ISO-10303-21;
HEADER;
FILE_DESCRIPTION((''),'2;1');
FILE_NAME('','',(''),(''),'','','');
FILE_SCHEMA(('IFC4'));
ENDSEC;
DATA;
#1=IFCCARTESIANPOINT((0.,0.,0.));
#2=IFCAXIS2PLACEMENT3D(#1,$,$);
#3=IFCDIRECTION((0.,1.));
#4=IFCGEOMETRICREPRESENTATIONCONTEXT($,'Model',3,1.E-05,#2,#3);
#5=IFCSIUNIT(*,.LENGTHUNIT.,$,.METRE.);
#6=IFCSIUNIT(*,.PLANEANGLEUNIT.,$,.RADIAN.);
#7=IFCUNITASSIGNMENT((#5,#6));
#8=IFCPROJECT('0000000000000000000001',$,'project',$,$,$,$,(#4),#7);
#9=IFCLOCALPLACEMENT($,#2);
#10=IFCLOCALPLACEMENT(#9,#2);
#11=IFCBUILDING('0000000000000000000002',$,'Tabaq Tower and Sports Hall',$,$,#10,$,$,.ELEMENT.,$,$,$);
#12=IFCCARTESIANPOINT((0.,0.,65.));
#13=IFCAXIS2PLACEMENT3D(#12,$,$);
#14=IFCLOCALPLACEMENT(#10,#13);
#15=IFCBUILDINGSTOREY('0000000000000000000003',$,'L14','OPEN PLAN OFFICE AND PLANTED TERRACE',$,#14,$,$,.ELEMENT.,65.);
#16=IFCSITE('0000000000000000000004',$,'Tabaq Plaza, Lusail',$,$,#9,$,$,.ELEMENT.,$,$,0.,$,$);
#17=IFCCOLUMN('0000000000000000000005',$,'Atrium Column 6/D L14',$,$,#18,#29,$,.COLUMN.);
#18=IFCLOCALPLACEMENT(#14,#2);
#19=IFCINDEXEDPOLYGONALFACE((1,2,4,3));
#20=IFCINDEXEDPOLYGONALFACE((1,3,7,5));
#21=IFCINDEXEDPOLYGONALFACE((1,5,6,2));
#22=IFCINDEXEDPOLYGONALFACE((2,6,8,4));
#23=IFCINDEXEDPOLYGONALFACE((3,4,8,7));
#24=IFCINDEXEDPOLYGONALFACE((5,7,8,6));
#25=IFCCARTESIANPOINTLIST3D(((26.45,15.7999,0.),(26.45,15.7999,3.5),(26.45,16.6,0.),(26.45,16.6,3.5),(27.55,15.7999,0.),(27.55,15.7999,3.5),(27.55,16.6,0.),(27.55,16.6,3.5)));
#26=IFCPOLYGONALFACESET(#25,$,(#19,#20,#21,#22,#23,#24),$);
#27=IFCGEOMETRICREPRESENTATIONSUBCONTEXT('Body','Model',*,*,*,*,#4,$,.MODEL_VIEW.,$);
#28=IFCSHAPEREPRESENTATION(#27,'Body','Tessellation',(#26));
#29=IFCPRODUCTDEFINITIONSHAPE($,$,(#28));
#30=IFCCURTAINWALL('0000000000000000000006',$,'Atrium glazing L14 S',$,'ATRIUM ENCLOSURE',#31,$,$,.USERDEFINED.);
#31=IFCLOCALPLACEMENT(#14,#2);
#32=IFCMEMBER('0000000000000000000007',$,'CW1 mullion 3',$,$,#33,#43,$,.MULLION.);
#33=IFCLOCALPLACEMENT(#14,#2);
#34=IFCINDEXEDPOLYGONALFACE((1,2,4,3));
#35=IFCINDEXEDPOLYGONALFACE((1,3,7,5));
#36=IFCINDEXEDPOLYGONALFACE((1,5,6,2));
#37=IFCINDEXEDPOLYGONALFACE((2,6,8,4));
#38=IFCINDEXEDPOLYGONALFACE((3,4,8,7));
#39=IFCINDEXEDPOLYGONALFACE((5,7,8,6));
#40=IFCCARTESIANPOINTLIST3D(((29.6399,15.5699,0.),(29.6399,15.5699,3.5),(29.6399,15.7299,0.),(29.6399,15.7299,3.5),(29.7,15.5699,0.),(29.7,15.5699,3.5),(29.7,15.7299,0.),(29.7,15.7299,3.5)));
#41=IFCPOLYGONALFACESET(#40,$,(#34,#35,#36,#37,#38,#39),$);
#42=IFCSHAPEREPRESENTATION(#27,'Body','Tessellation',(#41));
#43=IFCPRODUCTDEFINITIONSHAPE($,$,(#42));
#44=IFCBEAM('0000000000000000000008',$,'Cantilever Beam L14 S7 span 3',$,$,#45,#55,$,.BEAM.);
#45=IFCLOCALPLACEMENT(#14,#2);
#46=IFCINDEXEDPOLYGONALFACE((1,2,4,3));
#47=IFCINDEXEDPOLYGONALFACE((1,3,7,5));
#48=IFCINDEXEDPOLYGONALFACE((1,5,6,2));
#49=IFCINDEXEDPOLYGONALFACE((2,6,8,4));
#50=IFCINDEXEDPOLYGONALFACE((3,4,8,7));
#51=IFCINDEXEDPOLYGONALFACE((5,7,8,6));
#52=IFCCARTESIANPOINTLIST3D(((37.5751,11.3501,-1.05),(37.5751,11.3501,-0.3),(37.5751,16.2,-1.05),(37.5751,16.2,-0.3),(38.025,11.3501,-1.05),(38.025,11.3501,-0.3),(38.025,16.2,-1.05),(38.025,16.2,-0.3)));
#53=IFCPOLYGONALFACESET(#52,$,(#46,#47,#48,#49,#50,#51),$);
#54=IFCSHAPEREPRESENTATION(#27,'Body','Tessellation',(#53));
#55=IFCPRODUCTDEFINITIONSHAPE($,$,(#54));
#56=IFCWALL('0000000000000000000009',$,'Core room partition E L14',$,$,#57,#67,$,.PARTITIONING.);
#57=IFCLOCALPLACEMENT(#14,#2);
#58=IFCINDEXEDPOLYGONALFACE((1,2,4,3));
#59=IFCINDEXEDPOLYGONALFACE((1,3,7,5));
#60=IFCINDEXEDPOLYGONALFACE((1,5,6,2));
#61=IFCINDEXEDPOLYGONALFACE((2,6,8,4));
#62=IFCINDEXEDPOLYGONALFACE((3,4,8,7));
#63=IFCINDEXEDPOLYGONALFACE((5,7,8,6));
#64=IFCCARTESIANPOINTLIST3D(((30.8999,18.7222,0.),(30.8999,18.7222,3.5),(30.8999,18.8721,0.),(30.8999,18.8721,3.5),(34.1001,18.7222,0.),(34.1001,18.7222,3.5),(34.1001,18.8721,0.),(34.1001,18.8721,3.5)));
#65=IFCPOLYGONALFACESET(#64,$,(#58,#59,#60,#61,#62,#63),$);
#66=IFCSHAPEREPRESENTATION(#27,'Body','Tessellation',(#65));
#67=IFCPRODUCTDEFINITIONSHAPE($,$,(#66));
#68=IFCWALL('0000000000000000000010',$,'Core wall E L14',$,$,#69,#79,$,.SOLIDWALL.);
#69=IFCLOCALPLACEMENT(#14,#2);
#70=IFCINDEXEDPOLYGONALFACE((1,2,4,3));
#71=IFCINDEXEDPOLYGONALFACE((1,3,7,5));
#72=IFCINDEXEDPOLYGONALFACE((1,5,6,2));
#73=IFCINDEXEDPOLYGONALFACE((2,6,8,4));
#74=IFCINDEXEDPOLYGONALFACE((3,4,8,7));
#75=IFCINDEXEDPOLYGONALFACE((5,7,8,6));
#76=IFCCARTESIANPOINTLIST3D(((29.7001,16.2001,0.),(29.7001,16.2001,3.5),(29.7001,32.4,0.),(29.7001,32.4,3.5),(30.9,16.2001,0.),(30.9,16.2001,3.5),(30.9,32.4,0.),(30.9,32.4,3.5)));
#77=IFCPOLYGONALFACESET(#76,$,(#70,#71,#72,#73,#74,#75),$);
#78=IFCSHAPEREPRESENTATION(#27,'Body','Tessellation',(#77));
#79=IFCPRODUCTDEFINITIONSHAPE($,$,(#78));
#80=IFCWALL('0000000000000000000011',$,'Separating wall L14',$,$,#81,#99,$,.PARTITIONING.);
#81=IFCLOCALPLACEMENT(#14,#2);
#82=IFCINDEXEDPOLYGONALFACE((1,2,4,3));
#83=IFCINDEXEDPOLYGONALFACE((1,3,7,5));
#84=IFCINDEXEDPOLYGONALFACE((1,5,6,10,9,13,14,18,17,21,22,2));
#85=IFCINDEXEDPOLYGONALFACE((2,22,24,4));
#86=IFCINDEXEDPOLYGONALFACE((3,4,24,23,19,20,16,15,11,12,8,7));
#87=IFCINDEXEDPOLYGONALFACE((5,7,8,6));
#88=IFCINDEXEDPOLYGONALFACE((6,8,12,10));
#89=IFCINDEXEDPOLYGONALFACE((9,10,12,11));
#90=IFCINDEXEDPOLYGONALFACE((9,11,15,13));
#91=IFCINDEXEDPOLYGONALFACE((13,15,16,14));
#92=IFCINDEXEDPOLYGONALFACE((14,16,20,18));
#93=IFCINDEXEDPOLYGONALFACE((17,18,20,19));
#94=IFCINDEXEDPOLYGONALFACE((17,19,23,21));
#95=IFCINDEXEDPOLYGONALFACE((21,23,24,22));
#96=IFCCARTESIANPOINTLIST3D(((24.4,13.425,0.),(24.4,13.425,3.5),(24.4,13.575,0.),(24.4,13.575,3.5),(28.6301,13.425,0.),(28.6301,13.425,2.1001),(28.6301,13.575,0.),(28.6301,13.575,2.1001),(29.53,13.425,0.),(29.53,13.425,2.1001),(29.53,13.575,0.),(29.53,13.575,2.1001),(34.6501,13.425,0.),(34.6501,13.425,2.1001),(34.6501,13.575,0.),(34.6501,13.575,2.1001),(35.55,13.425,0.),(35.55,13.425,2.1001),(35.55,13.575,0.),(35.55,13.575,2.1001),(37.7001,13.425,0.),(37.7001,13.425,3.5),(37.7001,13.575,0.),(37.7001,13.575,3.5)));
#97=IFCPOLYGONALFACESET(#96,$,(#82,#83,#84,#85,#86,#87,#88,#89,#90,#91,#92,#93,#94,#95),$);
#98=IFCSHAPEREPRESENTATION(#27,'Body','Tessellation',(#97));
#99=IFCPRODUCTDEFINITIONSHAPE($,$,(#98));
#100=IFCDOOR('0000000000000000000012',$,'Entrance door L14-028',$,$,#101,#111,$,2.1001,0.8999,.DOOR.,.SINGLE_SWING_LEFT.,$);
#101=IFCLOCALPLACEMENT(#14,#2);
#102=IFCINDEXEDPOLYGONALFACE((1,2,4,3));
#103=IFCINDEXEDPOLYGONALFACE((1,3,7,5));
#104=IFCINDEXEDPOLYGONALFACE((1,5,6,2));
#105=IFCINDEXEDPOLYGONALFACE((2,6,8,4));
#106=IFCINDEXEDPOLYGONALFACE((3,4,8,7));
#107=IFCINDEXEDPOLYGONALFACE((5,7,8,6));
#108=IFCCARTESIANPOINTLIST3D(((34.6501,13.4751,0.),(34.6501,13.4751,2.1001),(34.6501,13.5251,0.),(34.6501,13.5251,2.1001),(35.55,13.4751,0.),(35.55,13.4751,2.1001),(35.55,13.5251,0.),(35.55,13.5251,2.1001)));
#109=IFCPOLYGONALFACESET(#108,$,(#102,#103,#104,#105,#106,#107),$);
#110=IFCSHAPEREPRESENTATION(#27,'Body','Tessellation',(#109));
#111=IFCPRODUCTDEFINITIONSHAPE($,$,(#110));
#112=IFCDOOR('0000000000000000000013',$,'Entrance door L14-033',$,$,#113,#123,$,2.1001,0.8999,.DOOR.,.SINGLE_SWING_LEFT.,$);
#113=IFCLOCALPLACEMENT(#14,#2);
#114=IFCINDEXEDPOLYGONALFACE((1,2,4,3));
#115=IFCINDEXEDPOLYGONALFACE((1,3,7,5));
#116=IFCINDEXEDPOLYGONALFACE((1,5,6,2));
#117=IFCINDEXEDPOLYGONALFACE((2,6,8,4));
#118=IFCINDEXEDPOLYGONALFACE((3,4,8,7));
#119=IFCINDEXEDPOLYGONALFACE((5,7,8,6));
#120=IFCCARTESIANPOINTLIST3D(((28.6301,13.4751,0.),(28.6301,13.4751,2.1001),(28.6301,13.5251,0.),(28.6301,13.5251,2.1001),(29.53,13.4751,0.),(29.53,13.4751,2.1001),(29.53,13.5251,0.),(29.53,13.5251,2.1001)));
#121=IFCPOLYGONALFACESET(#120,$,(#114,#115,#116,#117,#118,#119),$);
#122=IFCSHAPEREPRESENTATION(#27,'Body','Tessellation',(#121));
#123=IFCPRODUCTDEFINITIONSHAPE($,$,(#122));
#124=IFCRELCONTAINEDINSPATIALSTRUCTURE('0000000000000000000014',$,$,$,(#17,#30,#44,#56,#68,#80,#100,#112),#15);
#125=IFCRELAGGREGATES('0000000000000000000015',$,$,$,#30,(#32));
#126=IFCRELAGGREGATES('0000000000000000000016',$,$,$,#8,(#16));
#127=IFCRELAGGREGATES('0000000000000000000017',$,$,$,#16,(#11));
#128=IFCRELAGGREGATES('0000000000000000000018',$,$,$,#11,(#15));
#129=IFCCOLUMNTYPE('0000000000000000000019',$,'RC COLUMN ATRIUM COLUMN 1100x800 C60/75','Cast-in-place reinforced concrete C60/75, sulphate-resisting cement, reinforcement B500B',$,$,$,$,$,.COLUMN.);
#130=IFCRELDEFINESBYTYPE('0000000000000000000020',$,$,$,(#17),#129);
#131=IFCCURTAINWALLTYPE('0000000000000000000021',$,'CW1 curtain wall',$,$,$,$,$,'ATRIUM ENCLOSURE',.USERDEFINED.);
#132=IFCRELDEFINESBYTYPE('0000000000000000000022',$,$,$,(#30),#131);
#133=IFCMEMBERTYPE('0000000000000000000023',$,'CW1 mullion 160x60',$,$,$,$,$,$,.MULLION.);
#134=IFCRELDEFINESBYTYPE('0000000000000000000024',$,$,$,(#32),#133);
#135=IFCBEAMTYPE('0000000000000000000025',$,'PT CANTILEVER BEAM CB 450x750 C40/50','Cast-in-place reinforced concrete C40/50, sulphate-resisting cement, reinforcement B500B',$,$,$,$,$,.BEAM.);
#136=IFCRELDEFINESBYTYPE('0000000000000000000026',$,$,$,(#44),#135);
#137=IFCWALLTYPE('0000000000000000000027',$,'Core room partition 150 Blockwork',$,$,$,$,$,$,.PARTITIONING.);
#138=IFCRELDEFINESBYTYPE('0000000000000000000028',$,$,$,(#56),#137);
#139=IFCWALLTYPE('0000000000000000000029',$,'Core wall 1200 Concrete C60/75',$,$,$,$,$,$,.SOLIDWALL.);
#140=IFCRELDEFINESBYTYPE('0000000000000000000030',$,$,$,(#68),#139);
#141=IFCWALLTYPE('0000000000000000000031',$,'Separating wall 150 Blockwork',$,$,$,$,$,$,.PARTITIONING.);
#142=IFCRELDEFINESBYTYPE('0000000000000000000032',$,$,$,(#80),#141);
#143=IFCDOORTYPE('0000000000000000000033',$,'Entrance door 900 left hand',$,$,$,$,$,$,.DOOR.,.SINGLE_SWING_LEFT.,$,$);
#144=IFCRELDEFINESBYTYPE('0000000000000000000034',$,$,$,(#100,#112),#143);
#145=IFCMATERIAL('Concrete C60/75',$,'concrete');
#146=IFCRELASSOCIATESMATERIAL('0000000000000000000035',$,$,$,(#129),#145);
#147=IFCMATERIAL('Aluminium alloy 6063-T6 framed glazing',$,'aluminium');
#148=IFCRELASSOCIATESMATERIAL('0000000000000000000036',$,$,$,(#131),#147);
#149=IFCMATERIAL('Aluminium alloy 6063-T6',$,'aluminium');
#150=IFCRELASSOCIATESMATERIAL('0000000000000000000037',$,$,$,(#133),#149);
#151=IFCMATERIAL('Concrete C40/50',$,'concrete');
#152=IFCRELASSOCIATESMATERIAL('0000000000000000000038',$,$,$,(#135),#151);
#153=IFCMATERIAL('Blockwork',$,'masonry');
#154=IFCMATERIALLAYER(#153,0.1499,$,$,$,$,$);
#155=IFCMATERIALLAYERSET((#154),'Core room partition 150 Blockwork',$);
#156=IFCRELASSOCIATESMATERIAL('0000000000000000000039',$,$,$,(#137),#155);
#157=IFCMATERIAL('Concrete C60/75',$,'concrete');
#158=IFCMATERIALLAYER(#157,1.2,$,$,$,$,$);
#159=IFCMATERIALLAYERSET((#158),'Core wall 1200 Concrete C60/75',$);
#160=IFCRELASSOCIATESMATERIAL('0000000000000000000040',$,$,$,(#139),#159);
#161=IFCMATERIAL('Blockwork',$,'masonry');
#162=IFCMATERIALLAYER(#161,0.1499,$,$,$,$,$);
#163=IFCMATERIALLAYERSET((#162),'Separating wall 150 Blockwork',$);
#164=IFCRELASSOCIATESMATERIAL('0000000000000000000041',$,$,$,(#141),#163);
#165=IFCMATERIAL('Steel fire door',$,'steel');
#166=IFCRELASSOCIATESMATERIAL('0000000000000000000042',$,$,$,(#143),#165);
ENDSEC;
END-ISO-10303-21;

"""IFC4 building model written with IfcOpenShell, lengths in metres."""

from ifc_helpers import new_model, si_unit, direction, frame, frame_2d, origin, origin_2d, place, context, subcontext, project, spatial, rectangle, extrude, material, layer, layer_set, material_profile, profile_set, type_object, element, fill, aggregate, save


model = new_model("IFC4")

# Units and contexts
model_context = context("Model", 3, precision=1e-05, world=origin(), true_north=direction((0.0, 1.0)))
body_context = subcontext(model_context, "Body", "Model", "MODEL_VIEW")
ifc_project = project(units=[si_unit("LENGTHUNIT", "METRE"), si_unit("PLANEANGLEUNIT", "RADIAN")], contexts=[model_context])

# Site, building, storey
site_placement = place(None, origin())
site = spatial("IfcSite", under=ifc_project, at=site_placement, Name="Tabaq Plaza, Lusail", CompositionType="ELEMENT", RefElevation=0.0)
building_placement = place(site_placement, origin())
building = spatial("IfcBuilding", under=site, at=building_placement, Name="Tabaq Tower and Sports Hall", CompositionType="ELEMENT")
storey_placement = place(building_placement, frame((0.0, 0.0, 65.0)))
storey = spatial("IfcBuildingStorey", under=building, at=storey_placement, Name="L14", Description="OPEN PLAN OFFICE AND PLANTED TERRACE", CompositionType="ELEMENT", Elevation=65.0)

# Column
ifc_material_1 = material(Name="Concrete C60/75", Category="concrete")
ifc_material_profile_1 = material_profile(ifc_material_1, rectangle(XDim=1.1001, YDim=0.8, at=origin_2d()), Name="ATRIUM COLUMN 1100x800")
ifc_profile_set_1 = profile_set([ifc_material_profile_1], Name="Concrete C60/75")
column_type = type_object("IfcColumnType", Name="RC COLUMN ATRIUM COLUMN 1100x800 C60/75", Description="Cast-in-place reinforced concrete C60/75, sulphate-resisting cement, reinforcement B500B", PredefinedType="COLUMN", material=ifc_profile_set_1)
column_placement = place(storey_placement, frame((27.0, 16.2, 0.0), z_axis=(0.0, 0.0, 1.0), x_axis=(1.0, 0.0, 0.0)))
element("IfcColumn", 1, at=column_placement, inside=storey, type_object=column_type, Name="Atrium Column 6/D L14", PredefinedType="COLUMN", context=body_context, shape_type="SweptSolid", body=[
    extrude(rectangle(XDim=1.1001, YDim=0.8, at=origin_2d()), origin(), (0.0, 0.0, 1.0), 3.5),
])

# Curtain wall, member
ifc_material_2 = material(Name="Aluminium alloy 6063-T6 framed glazing", Category="aluminium")
curtain_wall_type = type_object("IfcCurtainWallType", Name="CW1 curtain wall", ElementType="ATRIUM ENCLOSURE", PredefinedType="USERDEFINED", material=ifc_material_2)
curtain_wall_placement = place(storey_placement, origin())
curtain_wall = element("IfcCurtainWall", 2, at=curtain_wall_placement, inside=storey, type_object=curtain_wall_type, Name="Atrium glazing L14 S", ObjectType="ATRIUM ENCLOSURE", PredefinedType="USERDEFINED")
ifc_material_3 = material(Name="Aluminium alloy 6063-T6", Category="aluminium")
ifc_material_profile_2 = material_profile(ifc_material_3, rectangle(XDim=0.1599, YDim=0.0601, at=origin_2d()), Name="MULLION 160x60")
ifc_profile_set_2 = profile_set([ifc_material_profile_2], Name="Aluminium alloy 6063-T6")
member_type = type_object("IfcMemberType", Name="CW1 mullion 160x60", PredefinedType="MULLION", material=ifc_profile_set_2)
member_placement = place(storey_placement, frame((29.6699, 15.6499, 0.0), z_axis=(0.0, 0.0, 1.0), x_axis=(0.0, 1.0, 0.0)))
member = element("IfcMember", 3, at=member_placement, type_object=member_type, Name="CW1 mullion 3", PredefinedType="MULLION", context=body_context, shape_type="SweptSolid", body=[
    extrude(rectangle(XDim=0.1599, YDim=0.0601, at=origin_2d()), origin(), (0.0, 0.0, 1.0), 3.5),
])
aggregate(curtain_wall, [member])

# Beam
ifc_material_4 = material(Name="Concrete C40/50", Category="concrete")
ifc_material_profile_3 = material_profile(ifc_material_4, rectangle(XDim=0.45, YDim=0.75, at=origin_2d()), Name="CB 450x750")
ifc_profile_set_3 = profile_set([ifc_material_profile_3], Name="Concrete C40/50")
beam_type = type_object("IfcBeamType", Name="PT CANTILEVER BEAM CB 450x750 C40/50", Description="Cast-in-place reinforced concrete C40/50, sulphate-resisting cement, reinforcement B500B", PredefinedType="BEAM", material=ifc_profile_set_3)
beam_placement = place(storey_placement, frame((37.8, 11.3501, -0.675), z_axis=(0.0, 1.0, 0.0), x_axis=(-1.0, 0.0, 0.0)))
element("IfcBeam", 4, at=beam_placement, inside=storey, type_object=beam_type, Name="Cantilever Beam L14 S7 span 3", PredefinedType="BEAM", context=body_context, shape_type="SweptSolid", body=[
    extrude(rectangle(XDim=0.45, YDim=0.75, at=origin_2d()), origin(), (0.0, 0.0, 1.0), 4.8499),
])

# Walls
ifc_material_5 = material(Name="Blockwork", Category="masonry")
ifc_layer_1 = layer(ifc_material_5, 0.1499)
ifc_layer_set_1 = layer_set([ifc_layer_1], Name="Core room partition 150 Blockwork")
wall_type_1 = type_object("IfcWallType", Name="Core room partition 150 Blockwork", PredefinedType="PARTITIONING", material=ifc_layer_set_1)
wall_1_placement = place(storey_placement, frame((30.8999, 18.7971, 0.0), z_axis=(0.0, 0.0, 1.0), x_axis=(1.0, 0.0, 0.0)))
element("IfcWall", 5, at=wall_1_placement, inside=storey, type_object=wall_type_1, Name="Core room partition E L14", PredefinedType="PARTITIONING", context=body_context, shape_type="SweptSolid", body=[
    extrude(rectangle(XDim=3.2002, YDim=0.1499, at=frame_2d((1.6001, 0.0))), origin(), (0.0, 0.0, 1.0), 3.5),
])
ifc_material_6 = material(Name="Concrete C60/75", Category="concrete")
ifc_layer_2 = layer(ifc_material_6, 1.2)
ifc_layer_set_2 = layer_set([ifc_layer_2], Name="Core wall 1200 Concrete C60/75")
wall_type_2 = type_object("IfcWallType", Name="Core wall 1200 Concrete C60/75", PredefinedType="SOLIDWALL", material=ifc_layer_set_2)
wall_2_placement = place(storey_placement, frame((30.3, 16.2, 0.0), z_axis=(0.0, 0.0, 1.0), x_axis=(0.0, 1.0, 0.0)))
element("IfcWall", 6, at=wall_2_placement, inside=storey, type_object=wall_type_2, Name="Core wall E L14", PredefinedType="SOLIDWALL", context=body_context, shape_type="SweptSolid", body=[
    extrude(rectangle(XDim=16.2, YDim=1.2, at=frame_2d((8.1001, 0.0))), origin(), (0.0, 0.0, 1.0), 3.5),
])

# Wall, openings, doors
ifc_material_7 = material(Name="Blockwork", Category="masonry")
ifc_layer_3 = layer(ifc_material_7, 0.1499)
ifc_layer_set_3 = layer_set([ifc_layer_3], Name="Separating wall 150 Blockwork")
wall_type_3 = type_object("IfcWallType", Name="Separating wall 150 Blockwork", PredefinedType="PARTITIONING", material=ifc_layer_set_3)
wall_3_placement = place(storey_placement, frame((37.7, 13.5, 0.0), z_axis=(0.0, 0.0, 1.0), x_axis=(-1.0, 0.0, 0.0)))
wall_3 = element("IfcWall", 7, at=wall_3_placement, inside=storey, type_object=wall_type_3, Name="Separating wall L14", PredefinedType="PARTITIONING", context=body_context, shape_type="SweptSolid", body=[
    extrude(rectangle(XDim=13.3, YDim=0.1499, at=frame_2d((6.6499, 0.0))), origin(), (0.0, 0.0, 1.0), 3.5),
])
opening_1_placement = place(wall_3_placement, frame((2.1499, 0.0, 0.0)))
opening_1 = element("IfcOpeningElement", 8, at=opening_1_placement, cuts=wall_3, PredefinedType="OPENING", context=body_context, shape_type="SweptSolid", body=[
    extrude(rectangle(XDim=0.8999, YDim=2.1001, at=frame_2d((0.45, 1.05))), frame((0.0, 0.075, 0.0), z_axis=(0.0, -1.0, 0.0), x_axis=(1.0, 0.0, 0.0)), (0.0, 0.0, 1.0), 0.1499),
])
opening_2_placement = place(wall_3_placement, frame((8.1699, 0.0, 0.0)))
opening_2 = element("IfcOpeningElement", 9, at=opening_2_placement, cuts=wall_3, PredefinedType="OPENING", context=body_context, shape_type="SweptSolid", body=[
    extrude(rectangle(XDim=0.8999, YDim=2.1001, at=frame_2d((0.45, 1.05))), frame((0.0, 0.075, 0.0), z_axis=(0.0, -1.0, 0.0), x_axis=(1.0, 0.0, 0.0)), (0.0, 0.0, 1.0), 0.1499),
])
ifc_material_8 = material(Name="Steel fire door", Category="steel")
door_type_1 = type_object("IfcDoorType", Name="Entrance door 900 left hand", OperationType="SINGLE_SWING_LEFT", PredefinedType="DOOR", material=ifc_material_8)
door_1_placement = place(opening_1_placement, origin())
door_1 = element("IfcDoor", 10, at=door_1_placement, inside=storey, type_object=door_type_1, Name="Entrance door L14-028", OperationType="SINGLE_SWING_LEFT", OverallHeight=2.1001, OverallWidth=0.8999, PredefinedType="DOOR", context=body_context, shape_type="SweptSolid", body=[
    extrude(rectangle(XDim=0.8999, YDim=2.1001, at=frame_2d((0.45, 1.05))), frame((0.0, 0.0249, 0.0), z_axis=(0.0, -1.0, 0.0), x_axis=(1.0, 0.0, 0.0)), (0.0, 0.0, 1.0), 0.05),
])
fill(opening_1, door_1)
door_2_placement = place(opening_2_placement, origin())
door_2 = element("IfcDoor", 11, at=door_2_placement, inside=storey, type_object=door_type_1, Name="Entrance door L14-033", OperationType="SINGLE_SWING_LEFT", OverallHeight=2.1001, OverallWidth=0.8999, PredefinedType="DOOR", context=body_context, shape_type="SweptSolid", body=[
    extrude(rectangle(XDim=0.8999, YDim=2.1001, at=frame_2d((0.45, 1.05))), frame((0.0, 0.0249, 0.0), z_axis=(0.0, -1.0, 0.0), x_axis=(1.0, 0.0, 0.0)), (0.0, 0.0, 1.0), 0.05),
])
fill(opening_2, door_2)

save(model, "model.ifc")
